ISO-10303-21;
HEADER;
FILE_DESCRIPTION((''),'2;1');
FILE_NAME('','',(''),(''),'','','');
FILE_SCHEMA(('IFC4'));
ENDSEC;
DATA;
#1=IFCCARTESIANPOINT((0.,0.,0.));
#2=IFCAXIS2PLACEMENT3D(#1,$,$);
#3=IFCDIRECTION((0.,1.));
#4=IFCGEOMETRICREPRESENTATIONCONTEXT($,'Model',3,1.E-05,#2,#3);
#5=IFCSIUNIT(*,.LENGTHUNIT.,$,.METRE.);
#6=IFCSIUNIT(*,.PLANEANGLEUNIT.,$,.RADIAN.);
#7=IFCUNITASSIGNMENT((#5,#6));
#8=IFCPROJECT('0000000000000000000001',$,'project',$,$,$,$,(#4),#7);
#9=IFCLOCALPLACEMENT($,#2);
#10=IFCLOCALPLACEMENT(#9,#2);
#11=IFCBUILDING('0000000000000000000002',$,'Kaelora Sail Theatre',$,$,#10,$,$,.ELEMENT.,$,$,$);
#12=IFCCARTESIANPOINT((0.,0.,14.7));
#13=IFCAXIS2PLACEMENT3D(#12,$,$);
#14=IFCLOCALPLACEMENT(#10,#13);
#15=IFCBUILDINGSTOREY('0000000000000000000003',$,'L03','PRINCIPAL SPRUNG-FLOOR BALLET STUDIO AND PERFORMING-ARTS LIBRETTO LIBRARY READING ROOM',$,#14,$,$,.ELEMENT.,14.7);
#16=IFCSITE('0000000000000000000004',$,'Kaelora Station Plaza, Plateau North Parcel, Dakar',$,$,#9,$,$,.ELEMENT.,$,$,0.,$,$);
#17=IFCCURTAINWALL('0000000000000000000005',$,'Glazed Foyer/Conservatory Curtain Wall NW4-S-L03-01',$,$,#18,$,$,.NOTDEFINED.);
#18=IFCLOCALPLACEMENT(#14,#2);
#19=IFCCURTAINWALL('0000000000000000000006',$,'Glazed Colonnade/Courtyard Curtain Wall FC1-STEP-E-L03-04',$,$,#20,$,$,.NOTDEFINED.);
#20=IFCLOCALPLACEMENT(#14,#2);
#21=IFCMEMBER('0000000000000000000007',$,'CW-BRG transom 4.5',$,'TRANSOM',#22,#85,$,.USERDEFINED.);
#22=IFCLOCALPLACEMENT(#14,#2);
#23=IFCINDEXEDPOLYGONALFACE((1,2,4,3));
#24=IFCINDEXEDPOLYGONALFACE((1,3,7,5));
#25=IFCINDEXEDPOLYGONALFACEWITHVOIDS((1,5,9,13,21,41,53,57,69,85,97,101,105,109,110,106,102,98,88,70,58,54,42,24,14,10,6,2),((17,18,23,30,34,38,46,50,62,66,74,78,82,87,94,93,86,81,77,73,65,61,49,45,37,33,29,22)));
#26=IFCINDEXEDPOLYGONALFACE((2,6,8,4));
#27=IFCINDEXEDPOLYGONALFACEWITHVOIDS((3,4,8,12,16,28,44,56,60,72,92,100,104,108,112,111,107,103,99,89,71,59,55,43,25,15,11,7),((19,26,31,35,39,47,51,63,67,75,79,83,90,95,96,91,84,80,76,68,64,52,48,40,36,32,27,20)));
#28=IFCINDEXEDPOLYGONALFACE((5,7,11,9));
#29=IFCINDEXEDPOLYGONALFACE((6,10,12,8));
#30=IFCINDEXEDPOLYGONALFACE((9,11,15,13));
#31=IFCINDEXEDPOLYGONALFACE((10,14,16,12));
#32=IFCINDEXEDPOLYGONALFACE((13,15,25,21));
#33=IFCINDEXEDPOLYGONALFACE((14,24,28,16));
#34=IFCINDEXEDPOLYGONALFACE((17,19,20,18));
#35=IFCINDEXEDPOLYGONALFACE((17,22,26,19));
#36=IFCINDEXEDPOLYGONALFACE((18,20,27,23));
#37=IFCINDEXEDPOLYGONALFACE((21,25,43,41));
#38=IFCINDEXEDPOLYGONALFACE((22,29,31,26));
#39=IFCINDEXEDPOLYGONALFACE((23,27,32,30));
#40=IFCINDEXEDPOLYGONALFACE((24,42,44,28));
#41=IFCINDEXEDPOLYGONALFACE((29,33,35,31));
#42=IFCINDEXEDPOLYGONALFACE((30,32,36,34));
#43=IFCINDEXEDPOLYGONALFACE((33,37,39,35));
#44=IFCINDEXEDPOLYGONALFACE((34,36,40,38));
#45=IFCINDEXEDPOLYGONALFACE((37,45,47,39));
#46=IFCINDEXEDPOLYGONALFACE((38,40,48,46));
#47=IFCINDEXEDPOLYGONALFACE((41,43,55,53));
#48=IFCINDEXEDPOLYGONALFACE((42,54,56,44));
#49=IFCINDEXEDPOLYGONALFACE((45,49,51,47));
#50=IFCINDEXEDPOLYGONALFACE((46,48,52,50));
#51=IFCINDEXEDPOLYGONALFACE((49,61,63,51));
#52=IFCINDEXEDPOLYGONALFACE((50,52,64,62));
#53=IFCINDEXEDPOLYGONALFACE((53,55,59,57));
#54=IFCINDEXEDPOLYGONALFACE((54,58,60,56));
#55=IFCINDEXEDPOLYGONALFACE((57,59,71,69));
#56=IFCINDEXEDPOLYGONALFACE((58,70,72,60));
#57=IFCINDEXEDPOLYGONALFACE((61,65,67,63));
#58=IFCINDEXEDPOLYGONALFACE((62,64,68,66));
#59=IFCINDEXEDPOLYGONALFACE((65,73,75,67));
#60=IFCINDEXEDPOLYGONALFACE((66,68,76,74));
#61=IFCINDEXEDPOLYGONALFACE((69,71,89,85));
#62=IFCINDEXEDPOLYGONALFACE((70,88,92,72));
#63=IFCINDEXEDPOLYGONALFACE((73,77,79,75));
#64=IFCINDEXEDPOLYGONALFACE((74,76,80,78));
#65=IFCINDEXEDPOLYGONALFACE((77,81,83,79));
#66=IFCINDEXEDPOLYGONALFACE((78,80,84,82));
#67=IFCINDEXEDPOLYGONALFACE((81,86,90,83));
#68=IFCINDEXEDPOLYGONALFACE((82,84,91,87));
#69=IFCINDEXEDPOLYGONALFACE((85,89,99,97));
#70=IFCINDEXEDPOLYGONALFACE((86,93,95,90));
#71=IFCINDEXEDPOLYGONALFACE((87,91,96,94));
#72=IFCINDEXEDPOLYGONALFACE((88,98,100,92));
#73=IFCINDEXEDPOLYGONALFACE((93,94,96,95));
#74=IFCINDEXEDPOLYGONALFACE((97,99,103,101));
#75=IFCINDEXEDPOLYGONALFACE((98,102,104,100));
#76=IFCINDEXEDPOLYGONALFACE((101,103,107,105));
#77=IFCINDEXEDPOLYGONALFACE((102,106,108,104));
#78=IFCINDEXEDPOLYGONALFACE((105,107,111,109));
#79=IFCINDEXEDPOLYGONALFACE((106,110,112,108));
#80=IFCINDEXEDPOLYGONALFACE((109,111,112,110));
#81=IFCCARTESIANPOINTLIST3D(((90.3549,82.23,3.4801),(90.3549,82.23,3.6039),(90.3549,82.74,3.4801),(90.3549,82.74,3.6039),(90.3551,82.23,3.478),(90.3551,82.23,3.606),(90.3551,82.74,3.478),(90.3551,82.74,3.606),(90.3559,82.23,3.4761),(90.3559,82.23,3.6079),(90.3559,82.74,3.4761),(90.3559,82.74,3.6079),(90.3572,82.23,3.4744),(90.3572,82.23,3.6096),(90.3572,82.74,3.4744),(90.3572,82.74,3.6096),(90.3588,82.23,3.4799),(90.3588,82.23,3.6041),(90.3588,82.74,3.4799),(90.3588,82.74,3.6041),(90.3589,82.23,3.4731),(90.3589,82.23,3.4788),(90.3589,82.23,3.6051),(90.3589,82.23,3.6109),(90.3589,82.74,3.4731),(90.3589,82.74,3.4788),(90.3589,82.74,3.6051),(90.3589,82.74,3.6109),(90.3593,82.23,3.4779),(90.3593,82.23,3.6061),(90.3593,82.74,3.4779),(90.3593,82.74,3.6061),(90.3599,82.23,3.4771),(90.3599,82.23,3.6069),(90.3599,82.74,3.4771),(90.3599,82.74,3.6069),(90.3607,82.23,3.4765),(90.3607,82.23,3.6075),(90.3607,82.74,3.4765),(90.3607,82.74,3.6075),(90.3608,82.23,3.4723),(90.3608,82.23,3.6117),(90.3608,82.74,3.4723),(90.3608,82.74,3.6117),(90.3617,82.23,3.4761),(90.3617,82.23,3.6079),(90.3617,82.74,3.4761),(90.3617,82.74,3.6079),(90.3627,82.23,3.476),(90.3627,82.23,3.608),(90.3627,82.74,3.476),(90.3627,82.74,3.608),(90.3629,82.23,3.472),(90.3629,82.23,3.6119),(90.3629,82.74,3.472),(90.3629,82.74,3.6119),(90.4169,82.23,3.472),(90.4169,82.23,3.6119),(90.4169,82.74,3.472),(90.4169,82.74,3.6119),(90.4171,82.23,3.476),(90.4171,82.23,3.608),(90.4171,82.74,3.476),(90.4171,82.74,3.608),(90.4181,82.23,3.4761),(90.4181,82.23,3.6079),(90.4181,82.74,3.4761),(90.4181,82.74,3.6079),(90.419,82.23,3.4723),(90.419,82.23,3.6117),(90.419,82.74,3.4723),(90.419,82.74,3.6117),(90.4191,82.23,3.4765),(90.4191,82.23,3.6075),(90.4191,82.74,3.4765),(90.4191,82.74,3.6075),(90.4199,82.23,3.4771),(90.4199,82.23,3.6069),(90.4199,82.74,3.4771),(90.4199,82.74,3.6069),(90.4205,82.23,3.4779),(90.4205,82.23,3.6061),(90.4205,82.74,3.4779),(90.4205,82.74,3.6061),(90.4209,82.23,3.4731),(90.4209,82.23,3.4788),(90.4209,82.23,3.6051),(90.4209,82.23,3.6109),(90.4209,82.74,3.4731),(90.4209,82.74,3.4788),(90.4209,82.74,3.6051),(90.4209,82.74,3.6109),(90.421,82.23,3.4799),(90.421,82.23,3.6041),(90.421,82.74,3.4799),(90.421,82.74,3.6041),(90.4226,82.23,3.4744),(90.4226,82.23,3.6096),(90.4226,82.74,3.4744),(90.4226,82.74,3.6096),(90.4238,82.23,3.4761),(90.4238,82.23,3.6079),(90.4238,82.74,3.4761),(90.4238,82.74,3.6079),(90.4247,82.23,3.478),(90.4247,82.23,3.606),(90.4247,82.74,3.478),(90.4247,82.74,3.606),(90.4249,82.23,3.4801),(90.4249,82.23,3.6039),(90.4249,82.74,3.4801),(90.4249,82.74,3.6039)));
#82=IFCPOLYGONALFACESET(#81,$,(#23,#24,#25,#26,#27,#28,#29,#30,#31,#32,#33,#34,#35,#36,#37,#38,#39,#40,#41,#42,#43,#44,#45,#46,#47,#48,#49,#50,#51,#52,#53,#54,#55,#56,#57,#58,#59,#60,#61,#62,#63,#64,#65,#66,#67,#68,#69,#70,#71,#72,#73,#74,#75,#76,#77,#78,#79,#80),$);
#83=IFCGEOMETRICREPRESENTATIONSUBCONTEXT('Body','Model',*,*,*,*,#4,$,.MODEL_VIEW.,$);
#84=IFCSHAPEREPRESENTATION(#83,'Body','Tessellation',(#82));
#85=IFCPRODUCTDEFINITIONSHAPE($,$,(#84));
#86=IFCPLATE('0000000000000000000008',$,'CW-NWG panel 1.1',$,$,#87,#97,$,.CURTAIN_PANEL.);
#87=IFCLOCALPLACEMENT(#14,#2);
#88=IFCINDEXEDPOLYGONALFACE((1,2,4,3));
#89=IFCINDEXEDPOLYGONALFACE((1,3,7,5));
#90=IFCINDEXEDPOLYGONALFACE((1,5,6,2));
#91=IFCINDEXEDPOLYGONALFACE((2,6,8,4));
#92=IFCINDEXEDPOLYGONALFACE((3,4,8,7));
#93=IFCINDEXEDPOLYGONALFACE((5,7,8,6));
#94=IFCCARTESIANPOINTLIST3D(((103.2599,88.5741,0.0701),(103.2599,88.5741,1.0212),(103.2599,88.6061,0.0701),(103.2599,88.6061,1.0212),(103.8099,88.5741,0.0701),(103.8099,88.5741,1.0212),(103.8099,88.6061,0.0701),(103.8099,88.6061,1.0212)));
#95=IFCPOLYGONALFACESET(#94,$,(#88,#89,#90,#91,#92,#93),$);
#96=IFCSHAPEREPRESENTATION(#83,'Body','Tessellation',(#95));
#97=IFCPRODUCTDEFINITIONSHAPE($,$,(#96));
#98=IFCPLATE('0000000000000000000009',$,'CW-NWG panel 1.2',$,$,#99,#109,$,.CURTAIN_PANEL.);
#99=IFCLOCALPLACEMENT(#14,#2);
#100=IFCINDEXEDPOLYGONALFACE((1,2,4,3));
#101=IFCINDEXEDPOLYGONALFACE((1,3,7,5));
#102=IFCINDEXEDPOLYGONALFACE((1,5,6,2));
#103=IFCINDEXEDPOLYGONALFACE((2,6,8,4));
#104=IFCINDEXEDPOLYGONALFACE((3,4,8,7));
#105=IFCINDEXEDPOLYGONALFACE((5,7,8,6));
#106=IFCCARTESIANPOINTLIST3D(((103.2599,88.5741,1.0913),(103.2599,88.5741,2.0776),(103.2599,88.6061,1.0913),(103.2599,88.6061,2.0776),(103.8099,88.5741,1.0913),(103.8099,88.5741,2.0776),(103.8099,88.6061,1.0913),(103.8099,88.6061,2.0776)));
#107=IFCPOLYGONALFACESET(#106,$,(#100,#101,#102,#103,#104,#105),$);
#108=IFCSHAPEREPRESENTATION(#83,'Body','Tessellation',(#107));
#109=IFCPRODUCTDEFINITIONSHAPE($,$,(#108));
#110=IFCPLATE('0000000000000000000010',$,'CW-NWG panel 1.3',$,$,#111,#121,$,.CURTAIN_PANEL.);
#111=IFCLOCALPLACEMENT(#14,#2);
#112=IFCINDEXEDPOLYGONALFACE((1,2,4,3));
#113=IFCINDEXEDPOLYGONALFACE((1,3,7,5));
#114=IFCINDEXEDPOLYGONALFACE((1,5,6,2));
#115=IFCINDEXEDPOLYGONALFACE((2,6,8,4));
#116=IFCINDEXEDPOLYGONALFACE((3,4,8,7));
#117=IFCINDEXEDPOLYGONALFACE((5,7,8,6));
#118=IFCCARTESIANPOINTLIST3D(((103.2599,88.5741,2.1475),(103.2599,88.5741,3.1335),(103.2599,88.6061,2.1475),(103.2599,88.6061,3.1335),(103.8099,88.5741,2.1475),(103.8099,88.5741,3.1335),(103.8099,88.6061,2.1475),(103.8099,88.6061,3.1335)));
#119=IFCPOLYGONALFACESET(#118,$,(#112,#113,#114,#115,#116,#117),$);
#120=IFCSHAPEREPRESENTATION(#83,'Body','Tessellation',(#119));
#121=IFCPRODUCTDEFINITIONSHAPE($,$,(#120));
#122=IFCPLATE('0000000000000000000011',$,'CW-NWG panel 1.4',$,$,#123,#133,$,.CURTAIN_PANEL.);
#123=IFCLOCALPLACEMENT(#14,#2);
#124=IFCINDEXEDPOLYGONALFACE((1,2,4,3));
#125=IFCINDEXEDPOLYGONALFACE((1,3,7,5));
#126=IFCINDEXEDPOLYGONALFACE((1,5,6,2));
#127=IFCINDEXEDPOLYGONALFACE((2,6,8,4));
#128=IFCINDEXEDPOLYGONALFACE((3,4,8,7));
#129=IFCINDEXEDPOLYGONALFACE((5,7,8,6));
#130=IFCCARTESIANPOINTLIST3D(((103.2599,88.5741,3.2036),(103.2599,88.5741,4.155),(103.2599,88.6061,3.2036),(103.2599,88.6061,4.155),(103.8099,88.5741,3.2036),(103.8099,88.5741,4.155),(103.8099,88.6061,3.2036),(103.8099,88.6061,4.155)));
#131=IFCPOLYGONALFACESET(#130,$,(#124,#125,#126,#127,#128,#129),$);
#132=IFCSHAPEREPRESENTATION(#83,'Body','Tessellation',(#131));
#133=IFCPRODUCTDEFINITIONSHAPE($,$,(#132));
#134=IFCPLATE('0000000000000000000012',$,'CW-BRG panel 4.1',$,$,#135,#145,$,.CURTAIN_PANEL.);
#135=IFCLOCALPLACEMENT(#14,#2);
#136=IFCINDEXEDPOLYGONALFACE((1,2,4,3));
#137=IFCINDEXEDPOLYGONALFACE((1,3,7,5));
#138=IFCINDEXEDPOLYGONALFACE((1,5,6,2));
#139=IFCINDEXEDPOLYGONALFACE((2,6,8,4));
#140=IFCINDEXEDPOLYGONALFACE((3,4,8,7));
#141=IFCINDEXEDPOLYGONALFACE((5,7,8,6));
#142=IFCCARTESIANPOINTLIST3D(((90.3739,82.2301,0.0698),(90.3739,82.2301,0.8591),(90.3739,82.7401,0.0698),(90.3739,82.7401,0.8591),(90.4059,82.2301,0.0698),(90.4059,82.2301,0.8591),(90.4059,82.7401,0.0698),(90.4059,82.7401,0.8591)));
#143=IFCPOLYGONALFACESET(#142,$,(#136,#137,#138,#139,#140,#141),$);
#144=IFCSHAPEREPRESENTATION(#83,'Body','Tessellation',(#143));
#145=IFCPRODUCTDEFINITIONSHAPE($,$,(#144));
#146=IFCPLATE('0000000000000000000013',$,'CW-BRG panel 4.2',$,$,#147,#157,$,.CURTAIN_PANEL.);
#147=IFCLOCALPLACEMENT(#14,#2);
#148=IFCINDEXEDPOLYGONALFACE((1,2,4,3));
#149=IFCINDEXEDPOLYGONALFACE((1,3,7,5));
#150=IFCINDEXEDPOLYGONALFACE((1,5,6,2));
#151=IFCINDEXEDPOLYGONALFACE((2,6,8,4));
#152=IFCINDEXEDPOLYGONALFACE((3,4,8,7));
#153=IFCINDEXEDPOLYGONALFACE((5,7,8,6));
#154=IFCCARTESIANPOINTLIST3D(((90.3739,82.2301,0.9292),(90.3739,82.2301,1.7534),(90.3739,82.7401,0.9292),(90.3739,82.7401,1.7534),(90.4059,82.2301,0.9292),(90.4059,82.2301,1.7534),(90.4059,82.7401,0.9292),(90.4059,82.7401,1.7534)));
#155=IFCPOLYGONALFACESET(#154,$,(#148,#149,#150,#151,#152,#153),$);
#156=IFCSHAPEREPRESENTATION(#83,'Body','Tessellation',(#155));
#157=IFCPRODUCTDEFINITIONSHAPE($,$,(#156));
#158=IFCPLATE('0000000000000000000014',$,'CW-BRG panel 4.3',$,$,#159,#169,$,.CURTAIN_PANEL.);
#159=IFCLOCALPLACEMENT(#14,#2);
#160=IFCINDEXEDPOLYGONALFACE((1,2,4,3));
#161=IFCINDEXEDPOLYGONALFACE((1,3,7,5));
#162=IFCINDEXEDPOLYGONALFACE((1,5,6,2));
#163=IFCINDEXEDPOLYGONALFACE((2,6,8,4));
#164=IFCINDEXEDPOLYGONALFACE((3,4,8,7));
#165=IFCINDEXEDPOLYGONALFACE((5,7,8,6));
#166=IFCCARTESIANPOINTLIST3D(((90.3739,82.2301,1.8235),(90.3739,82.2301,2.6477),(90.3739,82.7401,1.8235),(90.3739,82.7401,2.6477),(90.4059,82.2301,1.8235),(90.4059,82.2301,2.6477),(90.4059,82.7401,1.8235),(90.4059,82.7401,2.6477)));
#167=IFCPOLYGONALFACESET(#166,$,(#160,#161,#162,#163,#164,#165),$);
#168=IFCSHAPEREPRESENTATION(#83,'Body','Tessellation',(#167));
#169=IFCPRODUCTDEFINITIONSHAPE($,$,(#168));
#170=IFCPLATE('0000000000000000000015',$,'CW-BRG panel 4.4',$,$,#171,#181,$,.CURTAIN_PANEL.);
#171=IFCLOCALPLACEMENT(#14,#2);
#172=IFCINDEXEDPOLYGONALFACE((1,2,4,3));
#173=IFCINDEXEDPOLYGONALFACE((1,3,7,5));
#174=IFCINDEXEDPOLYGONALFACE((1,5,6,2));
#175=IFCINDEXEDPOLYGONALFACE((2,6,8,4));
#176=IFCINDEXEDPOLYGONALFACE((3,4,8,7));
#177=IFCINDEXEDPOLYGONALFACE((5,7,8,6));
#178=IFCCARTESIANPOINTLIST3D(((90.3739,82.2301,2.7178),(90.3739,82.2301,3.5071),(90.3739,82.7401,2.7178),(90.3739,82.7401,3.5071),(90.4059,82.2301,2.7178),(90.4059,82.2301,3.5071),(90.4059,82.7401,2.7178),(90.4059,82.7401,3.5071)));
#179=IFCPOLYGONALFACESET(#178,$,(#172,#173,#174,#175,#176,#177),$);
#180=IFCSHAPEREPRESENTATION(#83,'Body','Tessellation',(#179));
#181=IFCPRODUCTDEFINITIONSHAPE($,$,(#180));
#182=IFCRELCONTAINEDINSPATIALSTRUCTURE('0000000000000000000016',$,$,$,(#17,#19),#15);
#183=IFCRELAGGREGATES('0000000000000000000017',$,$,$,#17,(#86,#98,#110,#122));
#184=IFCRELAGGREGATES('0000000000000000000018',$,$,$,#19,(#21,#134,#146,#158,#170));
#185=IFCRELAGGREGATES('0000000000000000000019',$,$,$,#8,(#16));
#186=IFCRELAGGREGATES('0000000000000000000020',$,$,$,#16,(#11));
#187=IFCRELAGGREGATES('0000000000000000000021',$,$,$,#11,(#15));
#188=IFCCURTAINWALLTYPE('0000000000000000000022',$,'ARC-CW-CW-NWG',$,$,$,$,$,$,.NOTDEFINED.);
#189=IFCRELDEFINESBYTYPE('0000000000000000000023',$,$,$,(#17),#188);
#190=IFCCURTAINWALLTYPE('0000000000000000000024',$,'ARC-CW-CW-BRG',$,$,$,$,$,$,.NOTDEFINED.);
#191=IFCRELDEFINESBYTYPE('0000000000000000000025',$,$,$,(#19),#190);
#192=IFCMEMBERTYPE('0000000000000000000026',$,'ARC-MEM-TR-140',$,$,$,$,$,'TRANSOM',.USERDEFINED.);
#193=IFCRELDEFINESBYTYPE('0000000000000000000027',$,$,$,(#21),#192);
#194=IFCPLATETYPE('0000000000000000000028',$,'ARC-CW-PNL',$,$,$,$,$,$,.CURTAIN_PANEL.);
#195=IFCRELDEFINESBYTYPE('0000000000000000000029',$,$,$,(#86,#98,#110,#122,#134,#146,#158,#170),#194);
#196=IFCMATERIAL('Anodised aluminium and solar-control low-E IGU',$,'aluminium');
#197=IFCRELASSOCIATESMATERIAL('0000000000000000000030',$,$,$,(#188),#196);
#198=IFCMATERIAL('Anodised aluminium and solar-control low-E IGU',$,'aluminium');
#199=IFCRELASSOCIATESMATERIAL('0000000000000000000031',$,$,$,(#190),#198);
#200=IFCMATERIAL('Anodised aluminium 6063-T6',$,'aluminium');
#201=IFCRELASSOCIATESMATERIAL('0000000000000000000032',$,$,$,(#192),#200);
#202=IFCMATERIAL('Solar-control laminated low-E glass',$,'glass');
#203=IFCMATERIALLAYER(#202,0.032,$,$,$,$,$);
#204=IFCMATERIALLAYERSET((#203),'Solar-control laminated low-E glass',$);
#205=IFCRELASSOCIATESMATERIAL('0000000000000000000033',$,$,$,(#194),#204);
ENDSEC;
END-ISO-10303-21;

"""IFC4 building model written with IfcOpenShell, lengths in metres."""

from ifc_helpers import new_model, si_unit, direction, frame, origin, origin_2d, place, context, subcontext, project, spatial, rectangle, hollow_rectangle, extrude, material, layer, layer_set, material_profile, profile_set, type_object, element, aggregate, save


model = new_model("IFC4")

# Units and contexts
model_context = context("Model", 3, precision=1e-05, world=origin(), true_north=direction((0.0, 1.0)))
body_context = subcontext(model_context, "Body", "Model", "MODEL_VIEW")
ifc_project = project(units=[si_unit("LENGTHUNIT", "METRE"), si_unit("PLANEANGLEUNIT", "RADIAN")], contexts=[model_context])

# Site, building, storey
site_placement = place(None, origin())
site = spatial("IfcSite", under=ifc_project, at=site_placement, Name="Kaelora Station Plaza, Plateau North Parcel, Dakar", CompositionType="ELEMENT", RefElevation=0.0)
building_placement = place(site_placement, origin())
building = spatial("IfcBuilding", under=site, at=building_placement, Name="Kaelora Sail Theatre", CompositionType="ELEMENT")
storey_placement = place(building_placement, frame((0.0, 0.0, 14.7)))
storey = spatial("IfcBuildingStorey", under=building, at=storey_placement, Name="L03", Description="PRINCIPAL SPRUNG-FLOOR BALLET STUDIO AND PERFORMING-ARTS LIBRETTO LIBRARY READING ROOM", CompositionType="ELEMENT", Elevation=14.7)

# Curtain wall
ifc_material_1 = material(Name="Anodised aluminium and solar-control low-E IGU", Category="aluminium")
curtain_wall_type_1 = type_object("IfcCurtainWallType", Name="ARC-CW-CW-NWG", PredefinedType="NOTDEFINED", material=ifc_material_1)
curtain_wall_1_placement = place(storey_placement, origin())
curtain_wall_1 = element("IfcCurtainWall", 1, at=curtain_wall_1_placement, inside=storey, type_object=curtain_wall_type_1, Name="Glazed Foyer/Conservatory Curtain Wall NW4-S-L03-01", PredefinedType="NOTDEFINED")

# Curtain wall
ifc_material_2 = material(Name="Anodised aluminium and solar-control low-E IGU", Category="aluminium")
curtain_wall_type_2 = type_object("IfcCurtainWallType", Name="ARC-CW-CW-BRG", PredefinedType="NOTDEFINED", material=ifc_material_2)
curtain_wall_2_placement = place(storey_placement, origin())
curtain_wall_2 = element("IfcCurtainWall", 2, at=curtain_wall_2_placement, inside=storey, type_object=curtain_wall_type_2, Name="Glazed Colonnade/Courtyard Curtain Wall FC1-STEP-E-L03-04", PredefinedType="NOTDEFINED")

# Member
ifc_material_3 = material(Name="Anodised aluminium 6063-T6", Category="aluminium")
ifc_material_profile_1 = material_profile(ifc_material_3, hollow_rectangle(XDim=0.0701, YDim=0.1399, WallThickness=0.0039, InnerFilletRadius=0.0039, OuterFilletRadius=0.0081, at=origin_2d()), Name="ALU-TRAN 70x140x4")
ifc_profile_set_1 = profile_set([ifc_material_profile_1], Name="Anodised aluminium 6063-T6")
member_type_1 = type_object("IfcMemberType", Name="ARC-MEM-TR-140", ElementType="TRANSOM", PredefinedType="USERDEFINED", material=ifc_profile_set_1)
member_1_placement = place(storey_placement, frame((90.3899, 82.23, 3.542), z_axis=(0.0, 1.0, 0.0), x_axis=(-1.0, 0.0, 0.0)))
member_1 = element("IfcMember", 3, at=member_1_placement, type_object=member_type_1, Name="CW-BRG transom 4.5", ObjectType="TRANSOM", PredefinedType="USERDEFINED", context=body_context, shape_type="SweptSolid", body=[
    extrude(hollow_rectangle(XDim=0.0701, YDim=0.1399, WallThickness=0.0039, InnerFilletRadius=0.0039, OuterFilletRadius=0.0081, at=origin_2d()), origin(), (0.0, 0.0, 1.0), 0.51),
])

# Plates
ifc_material_4 = material(Name="Solar-control laminated low-E glass", Category="glass")
ifc_layer_1 = layer(ifc_material_4, 0.032)
ifc_layer_set_1 = layer_set([ifc_layer_1], Name="Solar-control laminated low-E glass")
plate_type = type_object("IfcPlateType", Name="ARC-CW-PNL", PredefinedType="CURTAIN_PANEL", material=ifc_layer_set_1)
plate_1_placement = place(storey_placement, frame((103.5349, 88.5901, 0.0701), z_axis=(0.0, 0.0, 1.0), x_axis=(1.0, 0.0, 0.0)))
plate_1 = element("IfcPlate", 4, at=plate_1_placement, type_object=plate_type, Name="CW-NWG panel 1.1", PredefinedType="CURTAIN_PANEL", context=body_context, shape_type="SweptSolid", body=[
    extrude(rectangle(XDim=0.55, YDim=0.032, at=origin_2d()), origin(), (0.0, 0.0, 1.0), 0.9512),
])
plate_2_placement = place(storey_placement, frame((103.5349, 88.5901, 1.0913), z_axis=(0.0, 0.0, 1.0), x_axis=(1.0, 0.0, 0.0)))
plate_2 = element("IfcPlate", 5, at=plate_2_placement, type_object=plate_type, Name="CW-NWG panel 1.2", PredefinedType="CURTAIN_PANEL", context=body_context, shape_type="SweptSolid", body=[
    extrude(rectangle(XDim=0.55, YDim=0.032, at=origin_2d()), origin(), (0.0, 0.0, 1.0), 0.9863),
])
plate_3_placement = place(storey_placement, frame((103.5349, 88.5901, 2.1475), z_axis=(0.0, 0.0, 1.0), x_axis=(1.0, 0.0, 0.0)))
plate_3 = element("IfcPlate", 6, at=plate_3_placement, type_object=plate_type, Name="CW-NWG panel 1.3", PredefinedType="CURTAIN_PANEL", context=body_context, shape_type="SweptSolid", body=[
    extrude(rectangle(XDim=0.55, YDim=0.032, at=origin_2d()), origin(), (0.0, 0.0, 1.0), 0.9861),
])
plate_4_placement = place(storey_placement, frame((103.5349, 88.5901, 3.2036), z_axis=(0.0, 0.0, 1.0), x_axis=(1.0, 0.0, 0.0)))
plate_4 = element("IfcPlate", 7, at=plate_4_placement, type_object=plate_type, Name="CW-NWG panel 1.4", PredefinedType="CURTAIN_PANEL", context=body_context, shape_type="SweptSolid", body=[
    extrude(rectangle(XDim=0.55, YDim=0.032, at=origin_2d()), origin(), (0.0, 0.0, 1.0), 0.9514),
])
aggregate(curtain_wall_1, [plate_1, plate_2, plate_3, plate_4])
plate_5_placement = place(storey_placement, frame((90.3899, 82.4851, 0.0698), z_axis=(0.0, 0.0, 1.0), x_axis=(0.0, 1.0, 0.0)))
plate_5 = element("IfcPlate", 8, at=plate_5_placement, type_object=plate_type, Name="CW-BRG panel 4.1", PredefinedType="CURTAIN_PANEL", context=body_context, shape_type="SweptSolid", body=[
    extrude(rectangle(XDim=0.51, YDim=0.032, at=origin_2d()), origin(), (0.0, 0.0, 1.0), 0.7893),
])
plate_6_placement = place(storey_placement, frame((90.3899, 82.4851, 0.9292), z_axis=(0.0, 0.0, 1.0), x_axis=(0.0, 1.0, 0.0)))
plate_6 = element("IfcPlate", 9, at=plate_6_placement, type_object=plate_type, Name="CW-BRG panel 4.2", PredefinedType="CURTAIN_PANEL", context=body_context, shape_type="SweptSolid", body=[
    extrude(rectangle(XDim=0.51, YDim=0.032, at=origin_2d()), origin(), (0.0, 0.0, 1.0), 0.8242),
])
plate_7_placement = place(storey_placement, frame((90.3899, 82.4851, 1.8235), z_axis=(0.0, 0.0, 1.0), x_axis=(0.0, 1.0, 0.0)))
plate_7 = element("IfcPlate", 10, at=plate_7_placement, type_object=plate_type, Name="CW-BRG panel 4.3", PredefinedType="CURTAIN_PANEL", context=body_context, shape_type="SweptSolid", body=[
    extrude(rectangle(XDim=0.51, YDim=0.032, at=origin_2d()), origin(), (0.0, 0.0, 1.0), 0.8242),
])
plate_8_placement = place(storey_placement, frame((90.3899, 82.4851, 2.7178), z_axis=(0.0, 0.0, 1.0), x_axis=(0.0, 1.0, 0.0)))
plate_8 = element("IfcPlate", 11, at=plate_8_placement, type_object=plate_type, Name="CW-BRG panel 4.4", PredefinedType="CURTAIN_PANEL", context=body_context, shape_type="SweptSolid", body=[
    extrude(rectangle(XDim=0.51, YDim=0.032, at=origin_2d()), origin(), (0.0, 0.0, 1.0), 0.7893),
])
aggregate(curtain_wall_2, [member_1, plate_5, plate_6, plate_7, plate_8])

save(model, "model.ifc")
